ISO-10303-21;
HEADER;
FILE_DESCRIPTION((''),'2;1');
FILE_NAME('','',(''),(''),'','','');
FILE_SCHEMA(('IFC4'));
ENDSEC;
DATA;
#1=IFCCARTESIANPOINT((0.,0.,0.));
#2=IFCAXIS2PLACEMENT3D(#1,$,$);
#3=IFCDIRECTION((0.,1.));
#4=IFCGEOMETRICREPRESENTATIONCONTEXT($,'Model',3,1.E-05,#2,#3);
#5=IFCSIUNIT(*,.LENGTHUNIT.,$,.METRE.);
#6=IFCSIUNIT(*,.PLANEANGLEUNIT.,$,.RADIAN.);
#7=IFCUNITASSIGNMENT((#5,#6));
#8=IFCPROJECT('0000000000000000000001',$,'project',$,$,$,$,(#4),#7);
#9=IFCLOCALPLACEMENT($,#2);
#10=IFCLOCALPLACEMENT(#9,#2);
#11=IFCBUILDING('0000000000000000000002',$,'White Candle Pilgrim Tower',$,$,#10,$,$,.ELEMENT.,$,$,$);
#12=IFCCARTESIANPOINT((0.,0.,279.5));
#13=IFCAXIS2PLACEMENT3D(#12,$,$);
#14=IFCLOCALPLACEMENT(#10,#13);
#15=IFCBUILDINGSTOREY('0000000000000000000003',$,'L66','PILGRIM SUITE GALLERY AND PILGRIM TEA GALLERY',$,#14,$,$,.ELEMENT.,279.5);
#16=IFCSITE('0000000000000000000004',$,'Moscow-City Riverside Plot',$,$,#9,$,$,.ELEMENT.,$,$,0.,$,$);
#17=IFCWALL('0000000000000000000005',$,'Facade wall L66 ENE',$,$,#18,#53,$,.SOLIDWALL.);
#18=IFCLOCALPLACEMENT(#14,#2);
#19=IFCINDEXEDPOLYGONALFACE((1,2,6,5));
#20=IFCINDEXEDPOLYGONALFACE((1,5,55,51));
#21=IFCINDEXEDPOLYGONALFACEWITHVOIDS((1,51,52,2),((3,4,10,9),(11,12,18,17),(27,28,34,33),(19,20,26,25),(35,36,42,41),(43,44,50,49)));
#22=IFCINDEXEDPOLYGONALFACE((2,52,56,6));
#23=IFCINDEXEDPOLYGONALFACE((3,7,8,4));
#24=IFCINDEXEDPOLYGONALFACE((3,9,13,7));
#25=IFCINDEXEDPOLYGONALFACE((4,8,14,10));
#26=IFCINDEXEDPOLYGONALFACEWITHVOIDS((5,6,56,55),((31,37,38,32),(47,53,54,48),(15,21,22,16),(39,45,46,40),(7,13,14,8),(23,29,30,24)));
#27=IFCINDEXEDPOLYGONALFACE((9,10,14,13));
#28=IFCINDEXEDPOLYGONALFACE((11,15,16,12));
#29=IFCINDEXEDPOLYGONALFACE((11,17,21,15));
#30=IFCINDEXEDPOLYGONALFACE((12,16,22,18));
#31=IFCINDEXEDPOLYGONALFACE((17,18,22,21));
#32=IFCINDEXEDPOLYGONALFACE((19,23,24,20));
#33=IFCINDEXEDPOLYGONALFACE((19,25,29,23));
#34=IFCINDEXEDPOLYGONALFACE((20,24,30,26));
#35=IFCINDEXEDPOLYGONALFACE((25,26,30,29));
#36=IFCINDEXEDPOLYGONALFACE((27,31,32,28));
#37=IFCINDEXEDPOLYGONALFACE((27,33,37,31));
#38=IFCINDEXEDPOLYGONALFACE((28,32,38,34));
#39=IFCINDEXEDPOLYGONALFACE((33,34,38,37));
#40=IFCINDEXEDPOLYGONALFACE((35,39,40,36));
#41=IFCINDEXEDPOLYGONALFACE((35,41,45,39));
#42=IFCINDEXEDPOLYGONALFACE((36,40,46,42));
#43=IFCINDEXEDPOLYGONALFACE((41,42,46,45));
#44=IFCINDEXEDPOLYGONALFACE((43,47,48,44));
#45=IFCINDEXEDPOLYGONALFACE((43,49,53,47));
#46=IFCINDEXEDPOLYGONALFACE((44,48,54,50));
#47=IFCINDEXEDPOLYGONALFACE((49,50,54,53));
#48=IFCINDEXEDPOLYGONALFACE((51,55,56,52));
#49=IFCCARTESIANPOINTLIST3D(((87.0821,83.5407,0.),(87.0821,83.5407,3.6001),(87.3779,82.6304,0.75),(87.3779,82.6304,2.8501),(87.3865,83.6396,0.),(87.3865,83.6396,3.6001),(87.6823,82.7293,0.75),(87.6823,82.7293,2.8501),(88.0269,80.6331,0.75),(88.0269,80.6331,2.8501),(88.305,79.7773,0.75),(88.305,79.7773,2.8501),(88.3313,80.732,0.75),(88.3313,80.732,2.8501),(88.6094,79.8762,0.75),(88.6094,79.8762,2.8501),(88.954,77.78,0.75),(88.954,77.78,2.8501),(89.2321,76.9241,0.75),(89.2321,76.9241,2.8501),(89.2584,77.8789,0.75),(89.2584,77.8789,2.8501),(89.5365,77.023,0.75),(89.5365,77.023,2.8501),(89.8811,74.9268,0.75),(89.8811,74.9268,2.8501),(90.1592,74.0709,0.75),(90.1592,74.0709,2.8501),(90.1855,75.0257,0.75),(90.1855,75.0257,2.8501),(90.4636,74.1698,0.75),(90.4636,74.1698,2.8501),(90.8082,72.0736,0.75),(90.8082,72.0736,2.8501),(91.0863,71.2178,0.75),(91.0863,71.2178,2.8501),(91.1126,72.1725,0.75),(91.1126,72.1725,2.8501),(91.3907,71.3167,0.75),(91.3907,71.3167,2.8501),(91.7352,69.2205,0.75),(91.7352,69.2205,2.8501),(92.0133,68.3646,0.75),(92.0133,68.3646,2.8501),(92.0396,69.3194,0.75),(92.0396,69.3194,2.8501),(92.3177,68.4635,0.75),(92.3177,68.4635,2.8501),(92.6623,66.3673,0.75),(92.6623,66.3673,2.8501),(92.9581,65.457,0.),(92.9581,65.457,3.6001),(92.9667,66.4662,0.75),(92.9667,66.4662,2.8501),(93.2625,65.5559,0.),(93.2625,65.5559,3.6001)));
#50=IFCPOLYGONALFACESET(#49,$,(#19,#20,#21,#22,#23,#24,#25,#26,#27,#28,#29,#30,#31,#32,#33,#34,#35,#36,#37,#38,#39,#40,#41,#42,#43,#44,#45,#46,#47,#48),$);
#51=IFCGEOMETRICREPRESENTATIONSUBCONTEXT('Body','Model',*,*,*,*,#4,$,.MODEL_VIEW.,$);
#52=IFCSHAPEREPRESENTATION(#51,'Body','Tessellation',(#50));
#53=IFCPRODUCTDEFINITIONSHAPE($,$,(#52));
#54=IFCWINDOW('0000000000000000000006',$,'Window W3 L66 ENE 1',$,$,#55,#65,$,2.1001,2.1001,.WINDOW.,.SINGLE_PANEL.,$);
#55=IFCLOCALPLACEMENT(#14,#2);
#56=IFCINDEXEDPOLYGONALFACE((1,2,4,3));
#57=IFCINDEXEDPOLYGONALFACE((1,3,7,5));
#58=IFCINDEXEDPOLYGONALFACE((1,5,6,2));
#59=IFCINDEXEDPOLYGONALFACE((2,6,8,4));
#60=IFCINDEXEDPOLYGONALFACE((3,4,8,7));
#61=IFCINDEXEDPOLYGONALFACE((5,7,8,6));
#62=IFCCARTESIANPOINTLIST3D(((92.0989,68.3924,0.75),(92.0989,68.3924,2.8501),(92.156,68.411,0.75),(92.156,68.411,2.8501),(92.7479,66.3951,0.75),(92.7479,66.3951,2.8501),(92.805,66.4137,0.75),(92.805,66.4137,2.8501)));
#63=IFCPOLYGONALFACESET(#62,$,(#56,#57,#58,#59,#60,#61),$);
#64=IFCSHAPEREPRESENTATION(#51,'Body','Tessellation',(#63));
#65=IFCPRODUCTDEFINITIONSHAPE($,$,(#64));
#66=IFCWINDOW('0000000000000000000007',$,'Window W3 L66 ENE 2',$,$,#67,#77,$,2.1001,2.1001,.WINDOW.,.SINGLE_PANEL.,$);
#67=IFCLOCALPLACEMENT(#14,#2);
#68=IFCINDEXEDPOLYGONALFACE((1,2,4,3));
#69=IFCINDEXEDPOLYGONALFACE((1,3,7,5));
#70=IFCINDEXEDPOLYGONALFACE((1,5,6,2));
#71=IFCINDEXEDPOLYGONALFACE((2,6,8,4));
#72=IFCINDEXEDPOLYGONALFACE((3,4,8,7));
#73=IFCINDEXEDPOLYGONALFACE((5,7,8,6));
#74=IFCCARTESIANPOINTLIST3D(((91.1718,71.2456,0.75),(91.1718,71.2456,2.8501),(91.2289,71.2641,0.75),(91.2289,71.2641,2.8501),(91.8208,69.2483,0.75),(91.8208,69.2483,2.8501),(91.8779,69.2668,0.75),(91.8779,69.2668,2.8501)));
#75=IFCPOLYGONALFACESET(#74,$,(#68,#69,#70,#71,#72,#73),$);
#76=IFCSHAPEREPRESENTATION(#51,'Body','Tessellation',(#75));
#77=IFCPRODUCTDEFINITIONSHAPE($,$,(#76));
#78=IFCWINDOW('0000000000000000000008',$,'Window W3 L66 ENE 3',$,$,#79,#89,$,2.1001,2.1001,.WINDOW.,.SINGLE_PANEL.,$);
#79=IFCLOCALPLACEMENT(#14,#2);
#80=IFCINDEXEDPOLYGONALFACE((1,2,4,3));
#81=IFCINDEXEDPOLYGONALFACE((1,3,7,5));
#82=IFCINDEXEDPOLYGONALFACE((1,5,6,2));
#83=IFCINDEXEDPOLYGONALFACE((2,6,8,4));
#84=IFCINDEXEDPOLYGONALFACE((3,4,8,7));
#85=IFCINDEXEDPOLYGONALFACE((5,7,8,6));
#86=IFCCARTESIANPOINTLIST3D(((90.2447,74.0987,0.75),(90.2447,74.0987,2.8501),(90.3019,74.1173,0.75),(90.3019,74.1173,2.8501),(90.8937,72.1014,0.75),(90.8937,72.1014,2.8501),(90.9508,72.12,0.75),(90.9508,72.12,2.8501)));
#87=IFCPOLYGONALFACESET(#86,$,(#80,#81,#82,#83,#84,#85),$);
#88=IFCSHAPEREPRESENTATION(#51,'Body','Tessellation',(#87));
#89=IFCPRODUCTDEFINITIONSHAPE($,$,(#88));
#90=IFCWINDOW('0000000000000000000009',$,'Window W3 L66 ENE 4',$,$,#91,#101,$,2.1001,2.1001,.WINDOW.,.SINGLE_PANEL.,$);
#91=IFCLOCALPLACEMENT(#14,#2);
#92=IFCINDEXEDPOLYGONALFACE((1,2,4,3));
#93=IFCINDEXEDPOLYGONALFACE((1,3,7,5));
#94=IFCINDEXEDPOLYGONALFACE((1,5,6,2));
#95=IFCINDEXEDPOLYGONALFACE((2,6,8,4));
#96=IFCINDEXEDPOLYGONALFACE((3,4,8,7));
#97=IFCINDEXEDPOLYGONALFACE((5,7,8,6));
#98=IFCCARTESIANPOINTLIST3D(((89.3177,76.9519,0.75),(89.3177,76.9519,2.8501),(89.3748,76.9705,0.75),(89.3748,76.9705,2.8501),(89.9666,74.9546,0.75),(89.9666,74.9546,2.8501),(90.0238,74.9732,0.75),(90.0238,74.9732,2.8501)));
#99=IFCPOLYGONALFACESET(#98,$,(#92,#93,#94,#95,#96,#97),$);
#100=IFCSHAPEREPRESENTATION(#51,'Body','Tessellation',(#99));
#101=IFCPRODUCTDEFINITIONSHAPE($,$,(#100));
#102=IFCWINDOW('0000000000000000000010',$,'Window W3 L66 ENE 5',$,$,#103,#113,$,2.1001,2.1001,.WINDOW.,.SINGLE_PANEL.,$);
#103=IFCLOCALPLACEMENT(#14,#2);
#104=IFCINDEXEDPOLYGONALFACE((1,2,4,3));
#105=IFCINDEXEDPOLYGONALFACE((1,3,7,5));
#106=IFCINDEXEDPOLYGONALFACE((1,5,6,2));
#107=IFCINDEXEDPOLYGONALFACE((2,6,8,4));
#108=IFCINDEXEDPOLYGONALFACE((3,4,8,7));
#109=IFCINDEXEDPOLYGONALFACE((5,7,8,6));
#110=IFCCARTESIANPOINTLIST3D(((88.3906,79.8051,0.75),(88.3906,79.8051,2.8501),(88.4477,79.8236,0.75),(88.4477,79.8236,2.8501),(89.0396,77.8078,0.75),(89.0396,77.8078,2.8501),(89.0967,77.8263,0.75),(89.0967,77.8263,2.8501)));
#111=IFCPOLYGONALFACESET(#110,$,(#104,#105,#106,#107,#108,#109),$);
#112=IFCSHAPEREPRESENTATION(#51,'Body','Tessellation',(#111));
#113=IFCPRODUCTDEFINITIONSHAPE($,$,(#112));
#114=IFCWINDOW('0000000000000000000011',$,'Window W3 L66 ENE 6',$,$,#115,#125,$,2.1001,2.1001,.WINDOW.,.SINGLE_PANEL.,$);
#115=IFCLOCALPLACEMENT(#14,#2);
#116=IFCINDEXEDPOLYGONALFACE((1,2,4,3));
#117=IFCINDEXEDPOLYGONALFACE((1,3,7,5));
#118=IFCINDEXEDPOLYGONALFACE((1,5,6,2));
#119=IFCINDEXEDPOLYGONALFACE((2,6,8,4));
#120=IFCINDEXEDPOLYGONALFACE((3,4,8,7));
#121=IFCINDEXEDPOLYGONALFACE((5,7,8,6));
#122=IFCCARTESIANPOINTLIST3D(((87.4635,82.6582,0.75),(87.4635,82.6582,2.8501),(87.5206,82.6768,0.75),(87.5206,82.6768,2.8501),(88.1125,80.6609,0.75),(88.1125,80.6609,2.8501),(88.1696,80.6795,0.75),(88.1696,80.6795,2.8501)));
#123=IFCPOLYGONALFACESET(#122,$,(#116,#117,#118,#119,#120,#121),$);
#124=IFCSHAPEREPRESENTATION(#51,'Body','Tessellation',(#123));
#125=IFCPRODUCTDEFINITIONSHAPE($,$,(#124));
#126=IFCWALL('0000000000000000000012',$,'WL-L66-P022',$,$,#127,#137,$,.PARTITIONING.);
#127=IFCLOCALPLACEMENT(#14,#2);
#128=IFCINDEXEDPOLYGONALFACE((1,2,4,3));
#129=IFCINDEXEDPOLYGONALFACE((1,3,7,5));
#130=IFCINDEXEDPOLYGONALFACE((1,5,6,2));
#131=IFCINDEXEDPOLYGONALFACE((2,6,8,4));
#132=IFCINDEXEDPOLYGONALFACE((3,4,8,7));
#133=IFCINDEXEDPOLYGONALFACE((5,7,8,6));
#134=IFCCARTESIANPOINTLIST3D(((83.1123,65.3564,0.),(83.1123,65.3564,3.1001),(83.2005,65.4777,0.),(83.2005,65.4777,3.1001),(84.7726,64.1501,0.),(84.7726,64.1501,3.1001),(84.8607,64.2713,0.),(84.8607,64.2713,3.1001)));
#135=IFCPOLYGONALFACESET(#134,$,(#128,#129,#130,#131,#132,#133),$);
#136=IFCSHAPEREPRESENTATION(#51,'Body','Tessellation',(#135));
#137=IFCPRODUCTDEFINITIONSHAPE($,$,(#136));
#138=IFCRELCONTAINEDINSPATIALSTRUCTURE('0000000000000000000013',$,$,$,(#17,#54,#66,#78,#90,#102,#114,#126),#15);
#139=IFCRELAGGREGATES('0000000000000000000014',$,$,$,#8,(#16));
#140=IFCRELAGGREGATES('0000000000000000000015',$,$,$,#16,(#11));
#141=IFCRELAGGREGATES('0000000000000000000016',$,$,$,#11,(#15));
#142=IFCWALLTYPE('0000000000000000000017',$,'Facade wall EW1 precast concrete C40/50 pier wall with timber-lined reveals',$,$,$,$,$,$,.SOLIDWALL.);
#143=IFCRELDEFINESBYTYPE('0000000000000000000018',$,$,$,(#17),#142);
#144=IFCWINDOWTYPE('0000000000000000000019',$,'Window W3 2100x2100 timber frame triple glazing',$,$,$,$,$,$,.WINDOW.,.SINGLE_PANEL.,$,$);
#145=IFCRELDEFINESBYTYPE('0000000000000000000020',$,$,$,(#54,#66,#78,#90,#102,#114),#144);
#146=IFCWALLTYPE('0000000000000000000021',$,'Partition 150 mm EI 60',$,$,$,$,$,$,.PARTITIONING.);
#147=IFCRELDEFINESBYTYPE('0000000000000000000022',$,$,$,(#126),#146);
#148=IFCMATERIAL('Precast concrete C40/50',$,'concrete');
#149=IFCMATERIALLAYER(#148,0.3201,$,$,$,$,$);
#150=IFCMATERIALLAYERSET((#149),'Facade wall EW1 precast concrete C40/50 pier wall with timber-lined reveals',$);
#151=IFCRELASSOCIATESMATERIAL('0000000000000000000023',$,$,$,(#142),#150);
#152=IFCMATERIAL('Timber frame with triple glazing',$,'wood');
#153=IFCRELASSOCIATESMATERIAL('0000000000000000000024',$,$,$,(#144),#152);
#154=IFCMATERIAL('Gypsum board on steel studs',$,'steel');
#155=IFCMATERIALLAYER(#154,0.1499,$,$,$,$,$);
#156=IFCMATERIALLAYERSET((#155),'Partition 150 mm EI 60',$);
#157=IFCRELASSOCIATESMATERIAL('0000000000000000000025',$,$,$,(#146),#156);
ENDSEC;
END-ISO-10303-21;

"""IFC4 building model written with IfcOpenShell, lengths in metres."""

from ifc_helpers import new_model, si_unit, direction, frame, frame_2d, origin, place, context, subcontext, project, spatial, rectangle, extrude, material, layer, layer_set, type_object, element, fill, save


model = new_model("IFC4")

# Units and contexts
model_context = context("Model", 3, precision=1e-05, world=origin(), true_north=direction((0.0, 1.0)))
body_context = subcontext(model_context, "Body", "Model", "MODEL_VIEW")
ifc_project = project(units=[si_unit("LENGTHUNIT", "METRE"), si_unit("PLANEANGLEUNIT", "RADIAN")], contexts=[model_context])

# Site, building, storey
site_placement = place(None, origin())
site = spatial("IfcSite", under=ifc_project, at=site_placement, Name="Moscow-City Riverside Plot", CompositionType="ELEMENT", RefElevation=0.0)
building_placement = place(site_placement, origin())
building = spatial("IfcBuilding", under=site, at=building_placement, Name="White Candle Pilgrim Tower", CompositionType="ELEMENT")
storey_placement = place(building_placement, frame((0.0, 0.0, 279.5)))
storey = spatial("IfcBuildingStorey", under=building, at=storey_placement, Name="L66", Description="PILGRIM SUITE GALLERY AND PILGRIM TEA GALLERY", CompositionType="ELEMENT", Elevation=279.5)

# Shared definitions
ifc_material_1 = material(Name="Gypsum board on steel studs", Category="steel")

# Wall, openings, windows
ifc_material_2 = material(Name="Precast concrete C40/50", Category="concrete")
ifc_layer_1 = layer(ifc_material_2, 0.3201)
ifc_layer_set_1 = layer_set([ifc_layer_1], Name="Facade wall EW1 precast concrete C40/50 pier wall with timber-lined reveals")
wall_type_1 = type_object("IfcWallType", Name="Facade wall EW1 precast concrete C40/50 pier wall with timber-lined reveals", PredefinedType="SOLIDWALL", material=ifc_layer_set_1)
wall_1_placement = place(storey_placement, frame((93.1104, 65.5063, 0.0), z_axis=(0.0, 0.0, 1.0), x_axis=(-0.309027, 0.951053, 0.0)))
wall_1 = element("IfcWall", 1, at=wall_1_placement, inside=storey, type_object=wall_type_1, Name="Facade wall L66 ENE", PredefinedType="SOLIDWALL", context=body_context, shape_type="SweptSolid", body=[
    extrude(rectangle(XDim=19.0144, YDim=0.3201, at=frame_2d((9.5073, 0.0))), origin(), (0.0, 0.0, 1.0), 3.6001),
])
opening_1_placement = place(wall_1_placement, frame((0.9573, 0.0, 0.75)))
opening_1 = element("IfcOpeningElement", 2, at=opening_1_placement, cuts=wall_1, PredefinedType="OPENING", context=body_context, shape_type="SweptSolid", body=[
    extrude(rectangle(XDim=2.1001, YDim=2.1001, at=frame_2d((1.05, 1.05))), frame((0.0, 0.1699, 0.0), z_axis=(0.0, -1.0, 0.0), x_axis=(1.0, 0.0, 0.0)), (0.0, 0.0, 1.0), 0.3401),
])
opening_2_placement = place(wall_1_placement, frame((3.9573, 0.0, 0.75)))
opening_2 = element("IfcOpeningElement", 3, at=opening_2_placement, cuts=wall_1, PredefinedType="OPENING", context=body_context, shape_type="SweptSolid", body=[
    extrude(rectangle(XDim=2.1001, YDim=2.1001, at=frame_2d((1.05, 1.05))), frame((0.0, 0.1699, 0.0), z_axis=(0.0, -1.0, 0.0), x_axis=(1.0, 0.0, 0.0)), (0.0, 0.0, 1.0), 0.3401),
])
opening_3_placement = place(wall_1_placement, frame((6.9573, 0.0, 0.75)))
opening_3 = element("IfcOpeningElement", 4, at=opening_3_placement, cuts=wall_1, PredefinedType="OPENING", context=body_context, shape_type="SweptSolid", body=[
    extrude(rectangle(XDim=2.1001, YDim=2.1001, at=frame_2d((1.05, 1.05))), frame((0.0, 0.1699, 0.0), z_axis=(0.0, -1.0, 0.0), x_axis=(1.0, 0.0, 0.0)), (0.0, 0.0, 1.0), 0.3401),
])
opening_4_placement = place(wall_1_placement, frame((9.9573, 0.0, 0.75)))
opening_4 = element("IfcOpeningElement", 5, at=opening_4_placement, cuts=wall_1, PredefinedType="OPENING", context=body_context, shape_type="SweptSolid", body=[
    extrude(rectangle(XDim=2.1001, YDim=2.1001, at=frame_2d((1.05, 1.05))), frame((0.0, 0.1699, 0.0), z_axis=(0.0, -1.0, 0.0), x_axis=(1.0, 0.0, 0.0)), (0.0, 0.0, 1.0), 0.3401),
])
opening_5_placement = place(wall_1_placement, frame((12.9573, 0.0, 0.75)))
opening_5 = element("IfcOpeningElement", 6, at=opening_5_placement, cuts=wall_1, PredefinedType="OPENING", context=body_context, shape_type="SweptSolid", body=[
    extrude(rectangle(XDim=2.1001, YDim=2.1001, at=frame_2d((1.05, 1.05))), frame((0.0, 0.1699, 0.0), z_axis=(0.0, -1.0, 0.0), x_axis=(1.0, 0.0, 0.0)), (0.0, 0.0, 1.0), 0.3401),
])
opening_6_placement = place(wall_1_placement, frame((15.9573, 0.0, 0.75)))
opening_6 = element("IfcOpeningElement", 7, at=opening_6_placement, cuts=wall_1, PredefinedType="OPENING", context=body_context, shape_type="SweptSolid", body=[
    extrude(rectangle(XDim=2.1001, YDim=2.1001, at=frame_2d((1.05, 1.05))), frame((0.0, 0.1699, 0.0), z_axis=(0.0, -1.0, 0.0), x_axis=(1.0, 0.0, 0.0)), (0.0, 0.0, 1.0), 0.3401),
])
ifc_material_3 = material(Name="Timber frame with triple glazing", Category="wood")
window_type = type_object("IfcWindowType", Name="Window W3 2100x2100 timber frame triple glazing", PartitioningType="SINGLE_PANEL", PredefinedType="WINDOW", material=ifc_material_3)
window_1_placement = place(opening_1_placement, origin())
window_1 = element("IfcWindow", 8, at=window_1_placement, inside=storey, type_object=window_type, Name="Window W3 L66 ENE 1", OverallHeight=2.1001, OverallWidth=2.1001, PartitioningType="SINGLE_PANEL", PredefinedType="WINDOW", context=body_context, shape_type="SweptSolid", body=[
    extrude(rectangle(XDim=2.1001, YDim=2.1001, at=frame_2d((1.05, 1.05))), frame((0.0, 0.0701, 0.0), z_axis=(0.0, -1.0, 0.0), x_axis=(1.0, 0.0, 0.0)), (0.0, 0.0, 1.0), 0.0601),
])
fill(opening_1, window_1)
window_2_placement = place(opening_2_placement, origin())
window_2 = element("IfcWindow", 9, at=window_2_placement, inside=storey, type_object=window_type, Name="Window W3 L66 ENE 2", OverallHeight=2.1001, OverallWidth=2.1001, PartitioningType="SINGLE_PANEL", PredefinedType="WINDOW", context=body_context, shape_type="SweptSolid", body=[
    extrude(rectangle(XDim=2.1001, YDim=2.1001, at=frame_2d((1.05, 1.05))), frame((0.0, 0.0701, 0.0), z_axis=(0.0, -1.0, 0.0), x_axis=(1.0, 0.0, 0.0)), (0.0, 0.0, 1.0), 0.0601),
])
fill(opening_2, window_2)
window_3_placement = place(opening_3_placement, origin())
window_3 = element("IfcWindow", 10, at=window_3_placement, inside=storey, type_object=window_type, Name="Window W3 L66 ENE 3", OverallHeight=2.1001, OverallWidth=2.1001, PartitioningType="SINGLE_PANEL", PredefinedType="WINDOW", context=body_context, shape_type="SweptSolid", body=[
    extrude(rectangle(XDim=2.1001, YDim=2.1001, at=frame_2d((1.05, 1.05))), frame((0.0, 0.0701, 0.0), z_axis=(0.0, -1.0, 0.0), x_axis=(1.0, 0.0, 0.0)), (0.0, 0.0, 1.0), 0.0601),
])
fill(opening_3, window_3)
window_4_placement = place(opening_4_placement, origin())
window_4 = element("IfcWindow", 11, at=window_4_placement, inside=storey, type_object=window_type, Name="Window W3 L66 ENE 4", OverallHeight=2.1001, OverallWidth=2.1001, PartitioningType="SINGLE_PANEL", PredefinedType="WINDOW", context=body_context, shape_type="SweptSolid", body=[
    extrude(rectangle(XDim=2.1001, YDim=2.1001, at=frame_2d((1.05, 1.05))), frame((0.0, 0.0701, 0.0), z_axis=(0.0, -1.0, 0.0), x_axis=(1.0, 0.0, 0.0)), (0.0, 0.0, 1.0), 0.0601),
])
fill(opening_4, window_4)
window_5_placement = place(opening_5_placement, origin())
window_5 = element("IfcWindow", 12, at=window_5_placement, inside=storey, type_object=window_type, Name="Window W3 L66 ENE 5", OverallHeight=2.1001, OverallWidth=2.1001, PartitioningType="SINGLE_PANEL", PredefinedType="WINDOW", context=body_context, shape_type="SweptSolid", body=[
    extrude(rectangle(XDim=2.1001, YDim=2.1001, at=frame_2d((1.05, 1.05))), frame((0.0, 0.0701, 0.0), z_axis=(0.0, -1.0, 0.0), x_axis=(1.0, 0.0, 0.0)), (0.0, 0.0, 1.0), 0.0601),
])
fill(opening_5, window_5)
window_6_placement = place(opening_6_placement, origin())
window_6 = element("IfcWindow", 13, at=window_6_placement, inside=storey, type_object=window_type, Name="Window W3 L66 ENE 6", OverallHeight=2.1001, OverallWidth=2.1001, PartitioningType="SINGLE_PANEL", PredefinedType="WINDOW", context=body_context, shape_type="SweptSolid", body=[
    extrude(rectangle(XDim=2.1001, YDim=2.1001, at=frame_2d((1.05, 1.05))), frame((0.0, 0.0701, 0.0), z_axis=(0.0, -1.0, 0.0), x_axis=(1.0, 0.0, 0.0)), (0.0, 0.0, 1.0), 0.0601),
])
fill(opening_6, window_6)

# Wall
ifc_layer_2 = layer(ifc_material_1, 0.1499)
ifc_layer_set_2 = layer_set([ifc_layer_2], Name="Partition 150 mm EI 60")
wall_type_2 = type_object("IfcWallType", Name="Partition 150 mm EI 60", PredefinedType="PARTITIONING", material=ifc_layer_set_2)
wall_2_placement = place(storey_placement, frame((84.8167, 64.2107, 0.0), z_axis=(0.0, 0.0, 1.0), x_axis=(-0.808988, 0.587825, 0.0)))
element("IfcWall", 14, at=wall_2_placement, inside=storey, type_object=wall_type_2, Name="WL-L66-P022", PredefinedType="PARTITIONING", context=body_context, shape_type="SweptSolid", body=[
    extrude(rectangle(XDim=2.0522, YDim=0.1499, at=frame_2d((1.0261, 0.0))), origin(), (0.0, 0.0, 1.0), 3.1001),
])

save(model, "model.ifc")
